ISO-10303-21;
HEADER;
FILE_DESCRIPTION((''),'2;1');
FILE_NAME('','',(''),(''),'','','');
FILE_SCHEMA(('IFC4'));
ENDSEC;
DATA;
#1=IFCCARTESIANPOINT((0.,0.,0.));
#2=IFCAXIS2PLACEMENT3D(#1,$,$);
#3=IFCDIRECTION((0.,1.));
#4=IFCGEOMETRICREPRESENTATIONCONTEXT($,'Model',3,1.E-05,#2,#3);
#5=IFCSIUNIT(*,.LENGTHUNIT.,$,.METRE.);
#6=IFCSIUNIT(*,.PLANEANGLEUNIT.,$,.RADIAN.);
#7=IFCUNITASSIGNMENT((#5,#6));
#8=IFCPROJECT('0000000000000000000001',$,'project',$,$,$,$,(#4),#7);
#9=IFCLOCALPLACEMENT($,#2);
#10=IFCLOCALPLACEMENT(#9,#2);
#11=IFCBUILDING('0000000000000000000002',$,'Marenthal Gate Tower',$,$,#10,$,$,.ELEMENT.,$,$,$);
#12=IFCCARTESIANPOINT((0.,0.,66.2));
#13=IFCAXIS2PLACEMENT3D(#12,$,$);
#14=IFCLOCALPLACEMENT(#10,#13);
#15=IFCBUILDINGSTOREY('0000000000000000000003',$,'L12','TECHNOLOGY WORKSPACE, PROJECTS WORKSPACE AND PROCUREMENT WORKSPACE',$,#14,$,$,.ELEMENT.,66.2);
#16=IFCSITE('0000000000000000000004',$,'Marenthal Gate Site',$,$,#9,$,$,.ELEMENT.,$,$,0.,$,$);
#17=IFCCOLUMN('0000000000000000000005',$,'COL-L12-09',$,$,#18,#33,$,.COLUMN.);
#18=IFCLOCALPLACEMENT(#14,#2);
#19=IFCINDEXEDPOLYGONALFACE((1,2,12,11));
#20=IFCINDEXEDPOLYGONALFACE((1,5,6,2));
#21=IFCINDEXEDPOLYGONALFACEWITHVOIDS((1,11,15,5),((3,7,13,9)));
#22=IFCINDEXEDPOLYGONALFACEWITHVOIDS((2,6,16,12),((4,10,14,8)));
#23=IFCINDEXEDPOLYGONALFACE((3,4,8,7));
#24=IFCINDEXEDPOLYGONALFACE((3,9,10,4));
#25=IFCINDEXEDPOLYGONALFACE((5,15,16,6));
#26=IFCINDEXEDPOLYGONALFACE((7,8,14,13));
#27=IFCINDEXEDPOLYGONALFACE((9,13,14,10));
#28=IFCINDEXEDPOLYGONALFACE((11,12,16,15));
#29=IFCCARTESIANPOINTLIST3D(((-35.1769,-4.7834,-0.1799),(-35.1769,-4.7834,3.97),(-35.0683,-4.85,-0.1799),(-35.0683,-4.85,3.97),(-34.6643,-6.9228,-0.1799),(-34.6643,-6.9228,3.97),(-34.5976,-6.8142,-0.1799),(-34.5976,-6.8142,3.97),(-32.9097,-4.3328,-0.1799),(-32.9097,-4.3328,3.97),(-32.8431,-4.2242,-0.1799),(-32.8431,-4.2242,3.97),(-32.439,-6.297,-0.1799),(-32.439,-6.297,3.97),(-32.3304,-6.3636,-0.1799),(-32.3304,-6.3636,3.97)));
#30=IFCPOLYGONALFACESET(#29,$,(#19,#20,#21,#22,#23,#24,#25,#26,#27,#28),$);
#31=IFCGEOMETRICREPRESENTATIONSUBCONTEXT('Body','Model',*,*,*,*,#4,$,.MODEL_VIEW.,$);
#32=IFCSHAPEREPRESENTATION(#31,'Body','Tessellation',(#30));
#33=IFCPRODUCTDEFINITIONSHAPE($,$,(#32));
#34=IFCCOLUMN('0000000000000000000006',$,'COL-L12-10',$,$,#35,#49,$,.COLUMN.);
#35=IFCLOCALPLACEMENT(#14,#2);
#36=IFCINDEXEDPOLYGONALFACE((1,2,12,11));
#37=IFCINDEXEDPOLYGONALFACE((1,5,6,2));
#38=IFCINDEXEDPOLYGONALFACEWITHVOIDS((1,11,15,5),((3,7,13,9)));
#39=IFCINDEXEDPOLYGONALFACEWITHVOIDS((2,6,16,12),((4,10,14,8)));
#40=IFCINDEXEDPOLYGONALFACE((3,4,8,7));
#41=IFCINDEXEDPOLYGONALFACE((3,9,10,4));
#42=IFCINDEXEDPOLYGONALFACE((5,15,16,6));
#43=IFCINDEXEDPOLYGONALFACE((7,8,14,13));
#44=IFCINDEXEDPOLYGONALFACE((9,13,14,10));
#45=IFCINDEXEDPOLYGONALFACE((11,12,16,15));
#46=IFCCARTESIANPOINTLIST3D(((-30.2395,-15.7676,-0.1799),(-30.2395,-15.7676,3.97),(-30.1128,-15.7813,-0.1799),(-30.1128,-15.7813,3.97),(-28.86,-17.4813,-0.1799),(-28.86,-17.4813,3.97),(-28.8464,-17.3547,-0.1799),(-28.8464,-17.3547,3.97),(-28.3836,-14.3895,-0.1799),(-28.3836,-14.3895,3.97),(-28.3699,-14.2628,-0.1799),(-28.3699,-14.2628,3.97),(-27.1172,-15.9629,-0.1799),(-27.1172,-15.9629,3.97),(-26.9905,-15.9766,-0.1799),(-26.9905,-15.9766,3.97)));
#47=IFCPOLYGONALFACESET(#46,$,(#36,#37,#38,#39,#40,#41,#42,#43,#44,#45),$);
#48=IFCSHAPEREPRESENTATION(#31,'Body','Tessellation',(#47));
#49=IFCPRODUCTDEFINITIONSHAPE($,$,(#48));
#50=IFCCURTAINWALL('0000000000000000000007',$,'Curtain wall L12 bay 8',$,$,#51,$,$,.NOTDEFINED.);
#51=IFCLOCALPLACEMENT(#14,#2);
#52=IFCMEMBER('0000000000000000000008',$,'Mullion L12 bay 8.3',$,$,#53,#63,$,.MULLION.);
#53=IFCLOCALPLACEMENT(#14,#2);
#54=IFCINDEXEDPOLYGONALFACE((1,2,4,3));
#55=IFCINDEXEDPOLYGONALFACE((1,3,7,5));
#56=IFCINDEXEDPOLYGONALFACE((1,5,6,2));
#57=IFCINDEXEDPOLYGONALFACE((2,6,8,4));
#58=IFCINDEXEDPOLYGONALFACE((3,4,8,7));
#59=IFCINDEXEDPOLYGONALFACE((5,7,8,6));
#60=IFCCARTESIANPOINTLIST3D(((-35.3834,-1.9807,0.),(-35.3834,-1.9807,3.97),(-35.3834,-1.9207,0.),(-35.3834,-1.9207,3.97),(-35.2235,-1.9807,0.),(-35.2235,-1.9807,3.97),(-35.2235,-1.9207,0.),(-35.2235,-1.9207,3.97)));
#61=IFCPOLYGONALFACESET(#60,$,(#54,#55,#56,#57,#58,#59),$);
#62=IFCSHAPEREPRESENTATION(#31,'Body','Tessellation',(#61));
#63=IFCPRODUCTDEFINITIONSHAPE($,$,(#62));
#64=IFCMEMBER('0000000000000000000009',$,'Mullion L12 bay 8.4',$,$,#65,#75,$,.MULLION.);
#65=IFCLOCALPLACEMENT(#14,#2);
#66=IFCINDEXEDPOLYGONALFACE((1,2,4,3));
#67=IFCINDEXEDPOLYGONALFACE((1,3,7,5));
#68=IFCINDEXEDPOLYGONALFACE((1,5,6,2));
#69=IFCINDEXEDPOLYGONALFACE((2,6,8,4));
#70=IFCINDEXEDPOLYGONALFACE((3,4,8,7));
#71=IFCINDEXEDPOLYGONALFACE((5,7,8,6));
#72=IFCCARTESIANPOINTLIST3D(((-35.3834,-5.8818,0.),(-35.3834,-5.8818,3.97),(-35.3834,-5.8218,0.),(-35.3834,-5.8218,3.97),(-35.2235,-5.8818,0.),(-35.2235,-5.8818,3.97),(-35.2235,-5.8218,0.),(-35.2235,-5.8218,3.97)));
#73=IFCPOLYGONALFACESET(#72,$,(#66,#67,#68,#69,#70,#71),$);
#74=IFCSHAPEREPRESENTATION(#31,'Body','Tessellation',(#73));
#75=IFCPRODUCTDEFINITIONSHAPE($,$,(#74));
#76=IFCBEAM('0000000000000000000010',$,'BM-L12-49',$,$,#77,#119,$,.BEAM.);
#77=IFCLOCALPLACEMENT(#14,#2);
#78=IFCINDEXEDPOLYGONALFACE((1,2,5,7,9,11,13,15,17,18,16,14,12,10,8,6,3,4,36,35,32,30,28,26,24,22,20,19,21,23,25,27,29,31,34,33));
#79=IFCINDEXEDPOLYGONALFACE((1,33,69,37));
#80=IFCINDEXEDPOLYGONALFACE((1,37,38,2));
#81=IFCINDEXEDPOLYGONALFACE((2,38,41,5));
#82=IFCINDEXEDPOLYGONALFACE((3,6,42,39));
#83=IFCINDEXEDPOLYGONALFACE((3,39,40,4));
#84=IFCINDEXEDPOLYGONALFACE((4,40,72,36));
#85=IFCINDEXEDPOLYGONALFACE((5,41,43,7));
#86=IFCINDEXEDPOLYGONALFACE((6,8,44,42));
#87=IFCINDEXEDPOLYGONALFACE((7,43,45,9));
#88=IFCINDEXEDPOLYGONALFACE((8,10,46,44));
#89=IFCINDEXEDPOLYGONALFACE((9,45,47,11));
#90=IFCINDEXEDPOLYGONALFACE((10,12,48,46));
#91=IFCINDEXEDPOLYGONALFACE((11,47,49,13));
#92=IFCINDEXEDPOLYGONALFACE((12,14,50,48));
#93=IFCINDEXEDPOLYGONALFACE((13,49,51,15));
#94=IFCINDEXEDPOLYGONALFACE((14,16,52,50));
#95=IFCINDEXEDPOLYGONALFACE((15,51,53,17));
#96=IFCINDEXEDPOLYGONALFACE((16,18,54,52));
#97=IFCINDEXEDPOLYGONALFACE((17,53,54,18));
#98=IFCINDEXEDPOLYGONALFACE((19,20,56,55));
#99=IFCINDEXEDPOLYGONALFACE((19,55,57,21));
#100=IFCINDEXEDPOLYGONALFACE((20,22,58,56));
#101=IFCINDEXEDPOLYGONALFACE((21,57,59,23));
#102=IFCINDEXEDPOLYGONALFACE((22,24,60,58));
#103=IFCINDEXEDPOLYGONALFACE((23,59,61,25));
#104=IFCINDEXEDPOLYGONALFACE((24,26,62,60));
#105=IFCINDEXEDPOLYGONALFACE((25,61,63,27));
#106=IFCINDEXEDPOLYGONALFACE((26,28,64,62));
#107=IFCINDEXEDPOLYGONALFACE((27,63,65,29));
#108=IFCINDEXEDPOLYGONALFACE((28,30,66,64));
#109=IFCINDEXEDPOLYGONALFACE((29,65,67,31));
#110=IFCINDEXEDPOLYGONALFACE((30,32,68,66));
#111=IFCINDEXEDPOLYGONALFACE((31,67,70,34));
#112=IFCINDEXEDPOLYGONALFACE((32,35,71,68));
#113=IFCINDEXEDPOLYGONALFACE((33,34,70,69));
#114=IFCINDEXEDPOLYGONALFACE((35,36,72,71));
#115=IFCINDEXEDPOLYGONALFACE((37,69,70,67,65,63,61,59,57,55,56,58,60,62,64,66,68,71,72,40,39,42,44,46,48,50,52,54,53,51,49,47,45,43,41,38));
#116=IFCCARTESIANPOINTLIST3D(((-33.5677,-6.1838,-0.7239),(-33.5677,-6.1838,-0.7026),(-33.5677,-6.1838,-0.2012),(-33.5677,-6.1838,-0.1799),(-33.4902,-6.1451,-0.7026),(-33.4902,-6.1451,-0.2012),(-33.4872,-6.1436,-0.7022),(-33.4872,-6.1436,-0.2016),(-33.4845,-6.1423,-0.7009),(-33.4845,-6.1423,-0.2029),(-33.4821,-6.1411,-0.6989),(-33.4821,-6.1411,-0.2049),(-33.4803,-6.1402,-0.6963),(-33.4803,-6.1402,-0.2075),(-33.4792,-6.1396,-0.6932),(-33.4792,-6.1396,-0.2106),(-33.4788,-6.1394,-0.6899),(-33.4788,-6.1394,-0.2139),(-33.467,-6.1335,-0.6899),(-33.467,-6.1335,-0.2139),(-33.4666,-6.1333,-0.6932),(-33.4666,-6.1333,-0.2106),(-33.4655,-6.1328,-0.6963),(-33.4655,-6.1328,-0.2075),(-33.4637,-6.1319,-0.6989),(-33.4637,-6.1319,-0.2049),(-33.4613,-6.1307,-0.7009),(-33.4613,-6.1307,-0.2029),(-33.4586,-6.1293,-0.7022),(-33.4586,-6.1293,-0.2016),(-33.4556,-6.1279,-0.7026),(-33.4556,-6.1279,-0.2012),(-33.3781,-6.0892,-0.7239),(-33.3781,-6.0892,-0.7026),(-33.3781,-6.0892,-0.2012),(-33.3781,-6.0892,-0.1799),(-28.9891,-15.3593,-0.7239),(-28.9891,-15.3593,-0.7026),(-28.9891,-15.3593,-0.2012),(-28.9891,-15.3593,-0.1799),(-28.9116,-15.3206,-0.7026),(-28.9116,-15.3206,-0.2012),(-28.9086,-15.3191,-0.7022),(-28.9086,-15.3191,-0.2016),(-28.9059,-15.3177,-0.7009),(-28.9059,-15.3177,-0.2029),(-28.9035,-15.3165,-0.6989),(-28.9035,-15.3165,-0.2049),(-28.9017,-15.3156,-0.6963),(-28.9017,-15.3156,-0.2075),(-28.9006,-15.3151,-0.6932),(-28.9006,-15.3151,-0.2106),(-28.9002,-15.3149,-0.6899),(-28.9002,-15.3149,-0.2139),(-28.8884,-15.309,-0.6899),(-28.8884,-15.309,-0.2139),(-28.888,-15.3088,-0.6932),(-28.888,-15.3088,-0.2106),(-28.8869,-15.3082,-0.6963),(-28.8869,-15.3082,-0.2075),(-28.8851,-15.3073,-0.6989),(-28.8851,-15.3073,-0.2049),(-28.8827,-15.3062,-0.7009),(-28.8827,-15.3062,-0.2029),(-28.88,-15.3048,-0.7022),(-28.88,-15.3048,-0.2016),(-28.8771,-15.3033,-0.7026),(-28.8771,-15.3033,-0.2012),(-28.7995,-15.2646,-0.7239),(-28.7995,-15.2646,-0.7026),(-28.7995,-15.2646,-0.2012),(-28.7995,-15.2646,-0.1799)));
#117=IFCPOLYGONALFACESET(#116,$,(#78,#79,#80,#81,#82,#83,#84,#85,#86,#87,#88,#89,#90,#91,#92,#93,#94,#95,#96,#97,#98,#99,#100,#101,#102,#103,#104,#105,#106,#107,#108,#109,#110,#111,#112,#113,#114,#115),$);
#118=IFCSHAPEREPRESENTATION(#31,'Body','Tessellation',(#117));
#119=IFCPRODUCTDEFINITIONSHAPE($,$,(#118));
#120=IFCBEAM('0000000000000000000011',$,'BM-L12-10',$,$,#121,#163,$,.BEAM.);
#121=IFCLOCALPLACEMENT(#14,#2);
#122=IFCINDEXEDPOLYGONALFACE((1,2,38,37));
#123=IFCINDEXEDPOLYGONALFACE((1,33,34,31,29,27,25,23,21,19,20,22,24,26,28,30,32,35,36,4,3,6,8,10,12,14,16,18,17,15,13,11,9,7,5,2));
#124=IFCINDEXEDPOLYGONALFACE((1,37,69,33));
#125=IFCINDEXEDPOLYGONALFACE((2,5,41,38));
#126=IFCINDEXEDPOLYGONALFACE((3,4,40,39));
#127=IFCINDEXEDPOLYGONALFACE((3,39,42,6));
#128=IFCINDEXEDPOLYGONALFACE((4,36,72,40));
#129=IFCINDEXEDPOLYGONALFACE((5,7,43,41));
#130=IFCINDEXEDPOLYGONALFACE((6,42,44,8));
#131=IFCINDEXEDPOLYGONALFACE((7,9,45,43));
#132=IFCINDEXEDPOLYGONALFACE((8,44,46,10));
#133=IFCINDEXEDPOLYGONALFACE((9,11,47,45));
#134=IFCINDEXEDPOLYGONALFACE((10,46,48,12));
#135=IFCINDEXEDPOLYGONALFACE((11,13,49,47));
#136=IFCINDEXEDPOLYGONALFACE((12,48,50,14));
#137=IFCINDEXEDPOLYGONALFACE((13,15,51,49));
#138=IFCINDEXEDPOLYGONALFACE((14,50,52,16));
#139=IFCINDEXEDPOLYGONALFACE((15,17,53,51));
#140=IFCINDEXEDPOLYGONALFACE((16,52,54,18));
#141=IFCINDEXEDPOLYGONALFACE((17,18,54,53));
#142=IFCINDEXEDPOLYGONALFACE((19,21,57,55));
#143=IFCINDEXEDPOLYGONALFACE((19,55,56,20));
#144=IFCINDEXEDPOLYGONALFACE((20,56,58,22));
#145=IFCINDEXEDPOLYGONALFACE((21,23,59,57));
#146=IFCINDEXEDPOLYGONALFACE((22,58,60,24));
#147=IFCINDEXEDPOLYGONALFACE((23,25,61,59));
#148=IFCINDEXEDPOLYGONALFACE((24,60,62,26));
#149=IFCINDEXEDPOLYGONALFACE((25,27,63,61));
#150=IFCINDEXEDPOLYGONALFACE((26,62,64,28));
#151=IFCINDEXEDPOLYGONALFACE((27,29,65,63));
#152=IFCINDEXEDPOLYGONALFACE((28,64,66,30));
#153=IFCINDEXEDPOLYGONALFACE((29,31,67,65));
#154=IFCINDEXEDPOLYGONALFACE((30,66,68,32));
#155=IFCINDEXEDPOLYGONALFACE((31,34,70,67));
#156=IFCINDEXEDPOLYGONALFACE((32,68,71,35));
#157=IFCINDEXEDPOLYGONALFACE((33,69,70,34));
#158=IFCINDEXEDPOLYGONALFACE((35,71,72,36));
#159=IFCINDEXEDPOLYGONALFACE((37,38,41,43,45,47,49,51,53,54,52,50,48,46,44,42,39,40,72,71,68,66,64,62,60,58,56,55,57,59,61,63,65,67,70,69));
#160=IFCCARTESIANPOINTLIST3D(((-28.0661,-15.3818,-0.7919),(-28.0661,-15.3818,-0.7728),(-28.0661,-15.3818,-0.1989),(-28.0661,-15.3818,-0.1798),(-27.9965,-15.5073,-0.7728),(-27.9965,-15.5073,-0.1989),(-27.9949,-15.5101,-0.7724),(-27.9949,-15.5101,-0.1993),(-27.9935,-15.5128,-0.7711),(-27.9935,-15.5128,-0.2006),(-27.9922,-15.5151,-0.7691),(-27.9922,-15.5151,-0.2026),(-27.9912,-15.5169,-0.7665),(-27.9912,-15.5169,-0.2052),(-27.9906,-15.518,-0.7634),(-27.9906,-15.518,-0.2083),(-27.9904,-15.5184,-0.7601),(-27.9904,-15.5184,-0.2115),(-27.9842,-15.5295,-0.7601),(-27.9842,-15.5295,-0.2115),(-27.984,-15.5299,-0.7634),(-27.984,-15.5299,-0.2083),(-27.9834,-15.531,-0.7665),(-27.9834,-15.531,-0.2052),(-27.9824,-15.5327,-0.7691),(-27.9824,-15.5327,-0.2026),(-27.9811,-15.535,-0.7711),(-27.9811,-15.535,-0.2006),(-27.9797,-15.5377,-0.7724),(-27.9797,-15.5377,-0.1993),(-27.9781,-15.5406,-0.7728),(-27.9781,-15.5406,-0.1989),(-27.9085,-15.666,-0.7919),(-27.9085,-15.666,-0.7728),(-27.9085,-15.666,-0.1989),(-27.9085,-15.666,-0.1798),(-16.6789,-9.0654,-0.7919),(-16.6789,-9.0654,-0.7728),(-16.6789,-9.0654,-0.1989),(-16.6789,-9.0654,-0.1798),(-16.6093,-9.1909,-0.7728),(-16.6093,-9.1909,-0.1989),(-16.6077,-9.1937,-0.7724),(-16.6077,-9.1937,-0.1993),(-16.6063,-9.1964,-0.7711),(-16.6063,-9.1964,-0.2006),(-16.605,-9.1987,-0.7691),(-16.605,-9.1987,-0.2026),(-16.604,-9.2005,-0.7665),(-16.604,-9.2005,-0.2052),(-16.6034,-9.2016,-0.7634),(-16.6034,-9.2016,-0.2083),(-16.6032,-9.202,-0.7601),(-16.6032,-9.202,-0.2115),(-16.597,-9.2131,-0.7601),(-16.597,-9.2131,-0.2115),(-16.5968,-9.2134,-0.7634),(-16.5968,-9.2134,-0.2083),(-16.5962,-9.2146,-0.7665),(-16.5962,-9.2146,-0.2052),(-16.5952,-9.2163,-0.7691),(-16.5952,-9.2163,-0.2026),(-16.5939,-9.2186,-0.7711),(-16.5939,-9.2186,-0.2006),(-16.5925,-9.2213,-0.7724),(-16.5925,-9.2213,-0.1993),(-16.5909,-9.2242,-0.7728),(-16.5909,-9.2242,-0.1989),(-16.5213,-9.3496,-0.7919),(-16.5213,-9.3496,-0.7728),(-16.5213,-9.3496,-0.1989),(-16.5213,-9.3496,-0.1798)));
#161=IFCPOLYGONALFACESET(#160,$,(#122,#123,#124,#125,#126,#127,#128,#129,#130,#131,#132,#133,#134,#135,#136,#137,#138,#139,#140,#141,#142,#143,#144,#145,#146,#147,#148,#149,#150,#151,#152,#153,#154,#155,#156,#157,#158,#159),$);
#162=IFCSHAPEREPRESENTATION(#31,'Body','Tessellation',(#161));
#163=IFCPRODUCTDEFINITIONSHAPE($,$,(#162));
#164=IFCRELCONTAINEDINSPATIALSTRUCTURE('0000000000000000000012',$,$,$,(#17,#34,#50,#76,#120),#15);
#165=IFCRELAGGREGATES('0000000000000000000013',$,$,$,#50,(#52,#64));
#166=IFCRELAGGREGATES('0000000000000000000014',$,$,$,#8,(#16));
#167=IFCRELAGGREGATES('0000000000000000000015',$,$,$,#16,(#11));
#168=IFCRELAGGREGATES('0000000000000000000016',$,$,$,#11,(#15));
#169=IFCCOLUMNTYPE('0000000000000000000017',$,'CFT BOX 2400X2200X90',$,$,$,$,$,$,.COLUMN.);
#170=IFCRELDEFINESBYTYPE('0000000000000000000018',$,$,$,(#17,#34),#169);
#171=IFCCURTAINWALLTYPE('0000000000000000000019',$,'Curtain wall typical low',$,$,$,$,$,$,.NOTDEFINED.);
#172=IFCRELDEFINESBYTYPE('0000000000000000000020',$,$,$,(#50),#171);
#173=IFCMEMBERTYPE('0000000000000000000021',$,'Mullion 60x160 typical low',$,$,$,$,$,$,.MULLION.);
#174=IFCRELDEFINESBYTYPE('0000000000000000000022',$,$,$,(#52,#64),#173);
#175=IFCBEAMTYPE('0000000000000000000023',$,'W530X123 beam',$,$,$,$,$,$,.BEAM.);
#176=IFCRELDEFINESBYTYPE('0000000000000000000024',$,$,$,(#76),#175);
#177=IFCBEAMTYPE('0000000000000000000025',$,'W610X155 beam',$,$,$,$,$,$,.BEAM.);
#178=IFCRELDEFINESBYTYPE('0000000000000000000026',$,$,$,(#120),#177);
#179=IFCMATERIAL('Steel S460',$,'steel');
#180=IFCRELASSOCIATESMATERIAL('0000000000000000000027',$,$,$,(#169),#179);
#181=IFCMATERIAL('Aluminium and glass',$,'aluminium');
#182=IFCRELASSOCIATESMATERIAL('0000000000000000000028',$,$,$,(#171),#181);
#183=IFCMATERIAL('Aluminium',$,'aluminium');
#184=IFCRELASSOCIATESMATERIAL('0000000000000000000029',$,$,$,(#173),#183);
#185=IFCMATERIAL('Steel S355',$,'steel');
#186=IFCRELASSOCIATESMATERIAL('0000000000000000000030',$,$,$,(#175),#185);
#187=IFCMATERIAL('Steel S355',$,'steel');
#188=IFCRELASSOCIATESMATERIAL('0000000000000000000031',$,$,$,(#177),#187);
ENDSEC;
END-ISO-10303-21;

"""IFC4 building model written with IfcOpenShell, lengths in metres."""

from ifc_helpers import new_model, si_unit, direction, frame, origin, origin_2d, place, context, subcontext, project, spatial, rectangle, hollow_rectangle, i_section, extrude, material, material_profile, profile_set, type_object, element, aggregate, save


model = new_model("IFC4")

# Units and contexts
model_context = context("Model", 3, precision=1e-05, world=origin(), true_north=direction((0.0, 1.0)))
body_context = subcontext(model_context, "Body", "Model", "MODEL_VIEW")
ifc_project = project(units=[si_unit("LENGTHUNIT", "METRE"), si_unit("PLANEANGLEUNIT", "RADIAN")], contexts=[model_context])

# Site, building, storey
site_placement = place(None, origin())
site = spatial("IfcSite", under=ifc_project, at=site_placement, Name="Marenthal Gate Site", CompositionType="ELEMENT", RefElevation=0.0)
building_placement = place(site_placement, origin())
building = spatial("IfcBuilding", under=site, at=building_placement, Name="Marenthal Gate Tower", CompositionType="ELEMENT")
storey_placement = place(building_placement, frame((0.0, 0.0, 66.2)))
storey = spatial("IfcBuildingStorey", under=building, at=storey_placement, Name="L12", Description="TECHNOLOGY WORKSPACE, PROJECTS WORKSPACE AND PROCUREMENT WORKSPACE", CompositionType="ELEMENT", Elevation=66.2)

# Columns
ifc_material_1 = material(Name="Steel S460", Category="steel")
ifc_material_profile_1 = material_profile(ifc_material_1, hollow_rectangle(XDim=2.2, YDim=2.3999, WallThickness=0.0901, at=origin_2d()), Name="CFT BOX 2400X2200X90")
ifc_material_2 = material(Name="Concrete 70 MPa", Category="concrete")
ifc_material_profile_2 = material_profile(ifc_material_2, rectangle(XDim=2.02, YDim=2.22, at=origin_2d()), Name="CFT BOX 2400X2200X90 INFILL")
ifc_profile_set_1 = profile_set([ifc_material_profile_1, ifc_material_profile_2], Name="Steel S460 shell, Concrete 70 MPa infill")
column_type = type_object("IfcColumnType", Name="CFT BOX 2400X2200X90", PredefinedType="COLUMN", material=ifc_profile_set_1)
for number, where, z_axis, x_axis, name in (
    (1, (-33.7537, -5.5735, -0.1799), (0.0, 0.0, 1.0), (-0.233019, 0.972472, 0.0), "COL-L12-09"),
    (2, (-28.615, -15.8721, -0.1799), (0.0, 0.0, 1.0), (-0.627023, 0.779001, 0.0), "COL-L12-10"),
):
    element("IfcColumn", number, at=place(storey_placement, frame(where, z_axis=z_axis, x_axis=x_axis)), inside=storey, type_object=column_type, Name=name, PredefinedType="COLUMN", context=body_context, shape_type="SweptSolid", body=[
        extrude(hollow_rectangle(XDim=2.2, YDim=2.3999, WallThickness=0.0901, at=origin_2d()), origin(), (0.0, 0.0, 1.0), 4.1499),
    ])

# Curtain wall, members
ifc_material_3 = material(Name="Aluminium and glass", Category="aluminium")
curtain_wall_type = type_object("IfcCurtainWallType", Name="Curtain wall typical low", PredefinedType="NOTDEFINED", material=ifc_material_3)
curtain_wall_placement = place(storey_placement, origin())
curtain_wall = element("IfcCurtainWall", 3, at=curtain_wall_placement, inside=storey, type_object=curtain_wall_type, Name="Curtain wall L12 bay 8", PredefinedType="NOTDEFINED")
ifc_material_4 = material(Name="Aluminium", Category="aluminium")
ifc_material_profile_3 = material_profile(ifc_material_4, rectangle(XDim=0.1599, YDim=0.0601, at=origin_2d()), Name="60x160 aluminium mullion")
ifc_profile_set_2 = profile_set([ifc_material_profile_3], Name="Aluminium")
member_type = type_object("IfcMemberType", Name="Mullion 60x160 typical low", PredefinedType="MULLION", material=ifc_profile_set_2)
member_1_placement = place(storey_placement, frame((-35.3035, -1.9507, 0.0), z_axis=(0.0, 0.0, 1.0), x_axis=(1.0, 0.0, 0.0)))
member_1 = element("IfcMember", 4, at=member_1_placement, type_object=member_type, Name="Mullion L12 bay 8.3", PredefinedType="MULLION", context=body_context, shape_type="SweptSolid", body=[
    extrude(rectangle(XDim=0.1599, YDim=0.0601, at=origin_2d()), origin(), (0.0, 0.0, 1.0), 3.97),
])
member_2_placement = place(storey_placement, frame((-35.3035, -5.8518, 0.0), z_axis=(0.0, 0.0, 1.0), x_axis=(1.0, 0.0, 0.0)))
member_2 = element("IfcMember", 5, at=member_2_placement, type_object=member_type, Name="Mullion L12 bay 8.4", PredefinedType="MULLION", context=body_context, shape_type="SweptSolid", body=[
    extrude(rectangle(XDim=0.1599, YDim=0.0601, at=origin_2d()), origin(), (0.0, 0.0, 1.0), 3.97),
])

# Beams
ifc_material_5 = material(Name="Steel S355", Category="steel")
ifc_material_profile_4 = material_profile(ifc_material_5, i_section(OverallWidth=0.2119, OverallDepth=0.5439, WebThickness=0.0132, FlangeThickness=0.0212, FilletRadius=0.0127, at=origin_2d()), Name="W530X123")
ifc_profile_set_3 = profile_set([ifc_material_profile_4], Name="Steel S355")
beam_type_1 = type_object("IfcBeamType", Name="W530X123 beam", PredefinedType="BEAM", material=ifc_profile_set_3)
beam_1_placement = place(storey_placement, frame((-33.4729, -6.1365, -0.4519), z_axis=(0.446499, -0.894784, 0.0), x_axis=(0.894784, 0.446499, 0.0)))
element("IfcBeam", 6, at=beam_1_placement, inside=storey, type_object=beam_type_1, Name="BM-L12-49", PredefinedType="BEAM", context=body_context, shape_type="SweptSolid", body=[
    extrude(i_section(OverallWidth=0.2119, OverallDepth=0.5439, WebThickness=0.0132, FlangeThickness=0.0212, FilletRadius=0.0127, at=origin_2d()), origin(), (0.0, 0.0, 1.0), 10.2544),
])
ifc_material_6 = material(Name="Steel S355", Category="steel")
ifc_material_profile_5 = material_profile(ifc_material_6, i_section(OverallWidth=0.325, OverallDepth=0.6121, WebThickness=0.0127, FlangeThickness=0.019, FilletRadius=0.0127, at=origin_2d()), Name="W610X155")
ifc_profile_set_4 = profile_set([ifc_material_profile_5], Name="Steel S355")
beam_type_2 = type_object("IfcBeamType", Name="W610X155 beam", PredefinedType="BEAM", material=ifc_profile_set_4)
beam_2_placement = place(storey_placement, frame((-27.9873, -15.5239, -0.4858), z_axis=(0.874477, 0.485067, 0.0), x_axis=(-0.485067, 0.874477, 0.0)))
element("IfcBeam", 7, at=beam_2_placement, inside=storey, type_object=beam_type_2, Name="BM-L12-10", PredefinedType="BEAM", context=body_context, shape_type="SweptSolid", body=[
    extrude(i_section(OverallWidth=0.325, OverallDepth=0.6121, WebThickness=0.0127, FlangeThickness=0.019, FilletRadius=0.0127, at=origin_2d()), origin(), (0.0, 0.0, 1.0), 13.0217),
])

aggregate(curtain_wall, [member_1, member_2])

save(model, "model.ifc")
